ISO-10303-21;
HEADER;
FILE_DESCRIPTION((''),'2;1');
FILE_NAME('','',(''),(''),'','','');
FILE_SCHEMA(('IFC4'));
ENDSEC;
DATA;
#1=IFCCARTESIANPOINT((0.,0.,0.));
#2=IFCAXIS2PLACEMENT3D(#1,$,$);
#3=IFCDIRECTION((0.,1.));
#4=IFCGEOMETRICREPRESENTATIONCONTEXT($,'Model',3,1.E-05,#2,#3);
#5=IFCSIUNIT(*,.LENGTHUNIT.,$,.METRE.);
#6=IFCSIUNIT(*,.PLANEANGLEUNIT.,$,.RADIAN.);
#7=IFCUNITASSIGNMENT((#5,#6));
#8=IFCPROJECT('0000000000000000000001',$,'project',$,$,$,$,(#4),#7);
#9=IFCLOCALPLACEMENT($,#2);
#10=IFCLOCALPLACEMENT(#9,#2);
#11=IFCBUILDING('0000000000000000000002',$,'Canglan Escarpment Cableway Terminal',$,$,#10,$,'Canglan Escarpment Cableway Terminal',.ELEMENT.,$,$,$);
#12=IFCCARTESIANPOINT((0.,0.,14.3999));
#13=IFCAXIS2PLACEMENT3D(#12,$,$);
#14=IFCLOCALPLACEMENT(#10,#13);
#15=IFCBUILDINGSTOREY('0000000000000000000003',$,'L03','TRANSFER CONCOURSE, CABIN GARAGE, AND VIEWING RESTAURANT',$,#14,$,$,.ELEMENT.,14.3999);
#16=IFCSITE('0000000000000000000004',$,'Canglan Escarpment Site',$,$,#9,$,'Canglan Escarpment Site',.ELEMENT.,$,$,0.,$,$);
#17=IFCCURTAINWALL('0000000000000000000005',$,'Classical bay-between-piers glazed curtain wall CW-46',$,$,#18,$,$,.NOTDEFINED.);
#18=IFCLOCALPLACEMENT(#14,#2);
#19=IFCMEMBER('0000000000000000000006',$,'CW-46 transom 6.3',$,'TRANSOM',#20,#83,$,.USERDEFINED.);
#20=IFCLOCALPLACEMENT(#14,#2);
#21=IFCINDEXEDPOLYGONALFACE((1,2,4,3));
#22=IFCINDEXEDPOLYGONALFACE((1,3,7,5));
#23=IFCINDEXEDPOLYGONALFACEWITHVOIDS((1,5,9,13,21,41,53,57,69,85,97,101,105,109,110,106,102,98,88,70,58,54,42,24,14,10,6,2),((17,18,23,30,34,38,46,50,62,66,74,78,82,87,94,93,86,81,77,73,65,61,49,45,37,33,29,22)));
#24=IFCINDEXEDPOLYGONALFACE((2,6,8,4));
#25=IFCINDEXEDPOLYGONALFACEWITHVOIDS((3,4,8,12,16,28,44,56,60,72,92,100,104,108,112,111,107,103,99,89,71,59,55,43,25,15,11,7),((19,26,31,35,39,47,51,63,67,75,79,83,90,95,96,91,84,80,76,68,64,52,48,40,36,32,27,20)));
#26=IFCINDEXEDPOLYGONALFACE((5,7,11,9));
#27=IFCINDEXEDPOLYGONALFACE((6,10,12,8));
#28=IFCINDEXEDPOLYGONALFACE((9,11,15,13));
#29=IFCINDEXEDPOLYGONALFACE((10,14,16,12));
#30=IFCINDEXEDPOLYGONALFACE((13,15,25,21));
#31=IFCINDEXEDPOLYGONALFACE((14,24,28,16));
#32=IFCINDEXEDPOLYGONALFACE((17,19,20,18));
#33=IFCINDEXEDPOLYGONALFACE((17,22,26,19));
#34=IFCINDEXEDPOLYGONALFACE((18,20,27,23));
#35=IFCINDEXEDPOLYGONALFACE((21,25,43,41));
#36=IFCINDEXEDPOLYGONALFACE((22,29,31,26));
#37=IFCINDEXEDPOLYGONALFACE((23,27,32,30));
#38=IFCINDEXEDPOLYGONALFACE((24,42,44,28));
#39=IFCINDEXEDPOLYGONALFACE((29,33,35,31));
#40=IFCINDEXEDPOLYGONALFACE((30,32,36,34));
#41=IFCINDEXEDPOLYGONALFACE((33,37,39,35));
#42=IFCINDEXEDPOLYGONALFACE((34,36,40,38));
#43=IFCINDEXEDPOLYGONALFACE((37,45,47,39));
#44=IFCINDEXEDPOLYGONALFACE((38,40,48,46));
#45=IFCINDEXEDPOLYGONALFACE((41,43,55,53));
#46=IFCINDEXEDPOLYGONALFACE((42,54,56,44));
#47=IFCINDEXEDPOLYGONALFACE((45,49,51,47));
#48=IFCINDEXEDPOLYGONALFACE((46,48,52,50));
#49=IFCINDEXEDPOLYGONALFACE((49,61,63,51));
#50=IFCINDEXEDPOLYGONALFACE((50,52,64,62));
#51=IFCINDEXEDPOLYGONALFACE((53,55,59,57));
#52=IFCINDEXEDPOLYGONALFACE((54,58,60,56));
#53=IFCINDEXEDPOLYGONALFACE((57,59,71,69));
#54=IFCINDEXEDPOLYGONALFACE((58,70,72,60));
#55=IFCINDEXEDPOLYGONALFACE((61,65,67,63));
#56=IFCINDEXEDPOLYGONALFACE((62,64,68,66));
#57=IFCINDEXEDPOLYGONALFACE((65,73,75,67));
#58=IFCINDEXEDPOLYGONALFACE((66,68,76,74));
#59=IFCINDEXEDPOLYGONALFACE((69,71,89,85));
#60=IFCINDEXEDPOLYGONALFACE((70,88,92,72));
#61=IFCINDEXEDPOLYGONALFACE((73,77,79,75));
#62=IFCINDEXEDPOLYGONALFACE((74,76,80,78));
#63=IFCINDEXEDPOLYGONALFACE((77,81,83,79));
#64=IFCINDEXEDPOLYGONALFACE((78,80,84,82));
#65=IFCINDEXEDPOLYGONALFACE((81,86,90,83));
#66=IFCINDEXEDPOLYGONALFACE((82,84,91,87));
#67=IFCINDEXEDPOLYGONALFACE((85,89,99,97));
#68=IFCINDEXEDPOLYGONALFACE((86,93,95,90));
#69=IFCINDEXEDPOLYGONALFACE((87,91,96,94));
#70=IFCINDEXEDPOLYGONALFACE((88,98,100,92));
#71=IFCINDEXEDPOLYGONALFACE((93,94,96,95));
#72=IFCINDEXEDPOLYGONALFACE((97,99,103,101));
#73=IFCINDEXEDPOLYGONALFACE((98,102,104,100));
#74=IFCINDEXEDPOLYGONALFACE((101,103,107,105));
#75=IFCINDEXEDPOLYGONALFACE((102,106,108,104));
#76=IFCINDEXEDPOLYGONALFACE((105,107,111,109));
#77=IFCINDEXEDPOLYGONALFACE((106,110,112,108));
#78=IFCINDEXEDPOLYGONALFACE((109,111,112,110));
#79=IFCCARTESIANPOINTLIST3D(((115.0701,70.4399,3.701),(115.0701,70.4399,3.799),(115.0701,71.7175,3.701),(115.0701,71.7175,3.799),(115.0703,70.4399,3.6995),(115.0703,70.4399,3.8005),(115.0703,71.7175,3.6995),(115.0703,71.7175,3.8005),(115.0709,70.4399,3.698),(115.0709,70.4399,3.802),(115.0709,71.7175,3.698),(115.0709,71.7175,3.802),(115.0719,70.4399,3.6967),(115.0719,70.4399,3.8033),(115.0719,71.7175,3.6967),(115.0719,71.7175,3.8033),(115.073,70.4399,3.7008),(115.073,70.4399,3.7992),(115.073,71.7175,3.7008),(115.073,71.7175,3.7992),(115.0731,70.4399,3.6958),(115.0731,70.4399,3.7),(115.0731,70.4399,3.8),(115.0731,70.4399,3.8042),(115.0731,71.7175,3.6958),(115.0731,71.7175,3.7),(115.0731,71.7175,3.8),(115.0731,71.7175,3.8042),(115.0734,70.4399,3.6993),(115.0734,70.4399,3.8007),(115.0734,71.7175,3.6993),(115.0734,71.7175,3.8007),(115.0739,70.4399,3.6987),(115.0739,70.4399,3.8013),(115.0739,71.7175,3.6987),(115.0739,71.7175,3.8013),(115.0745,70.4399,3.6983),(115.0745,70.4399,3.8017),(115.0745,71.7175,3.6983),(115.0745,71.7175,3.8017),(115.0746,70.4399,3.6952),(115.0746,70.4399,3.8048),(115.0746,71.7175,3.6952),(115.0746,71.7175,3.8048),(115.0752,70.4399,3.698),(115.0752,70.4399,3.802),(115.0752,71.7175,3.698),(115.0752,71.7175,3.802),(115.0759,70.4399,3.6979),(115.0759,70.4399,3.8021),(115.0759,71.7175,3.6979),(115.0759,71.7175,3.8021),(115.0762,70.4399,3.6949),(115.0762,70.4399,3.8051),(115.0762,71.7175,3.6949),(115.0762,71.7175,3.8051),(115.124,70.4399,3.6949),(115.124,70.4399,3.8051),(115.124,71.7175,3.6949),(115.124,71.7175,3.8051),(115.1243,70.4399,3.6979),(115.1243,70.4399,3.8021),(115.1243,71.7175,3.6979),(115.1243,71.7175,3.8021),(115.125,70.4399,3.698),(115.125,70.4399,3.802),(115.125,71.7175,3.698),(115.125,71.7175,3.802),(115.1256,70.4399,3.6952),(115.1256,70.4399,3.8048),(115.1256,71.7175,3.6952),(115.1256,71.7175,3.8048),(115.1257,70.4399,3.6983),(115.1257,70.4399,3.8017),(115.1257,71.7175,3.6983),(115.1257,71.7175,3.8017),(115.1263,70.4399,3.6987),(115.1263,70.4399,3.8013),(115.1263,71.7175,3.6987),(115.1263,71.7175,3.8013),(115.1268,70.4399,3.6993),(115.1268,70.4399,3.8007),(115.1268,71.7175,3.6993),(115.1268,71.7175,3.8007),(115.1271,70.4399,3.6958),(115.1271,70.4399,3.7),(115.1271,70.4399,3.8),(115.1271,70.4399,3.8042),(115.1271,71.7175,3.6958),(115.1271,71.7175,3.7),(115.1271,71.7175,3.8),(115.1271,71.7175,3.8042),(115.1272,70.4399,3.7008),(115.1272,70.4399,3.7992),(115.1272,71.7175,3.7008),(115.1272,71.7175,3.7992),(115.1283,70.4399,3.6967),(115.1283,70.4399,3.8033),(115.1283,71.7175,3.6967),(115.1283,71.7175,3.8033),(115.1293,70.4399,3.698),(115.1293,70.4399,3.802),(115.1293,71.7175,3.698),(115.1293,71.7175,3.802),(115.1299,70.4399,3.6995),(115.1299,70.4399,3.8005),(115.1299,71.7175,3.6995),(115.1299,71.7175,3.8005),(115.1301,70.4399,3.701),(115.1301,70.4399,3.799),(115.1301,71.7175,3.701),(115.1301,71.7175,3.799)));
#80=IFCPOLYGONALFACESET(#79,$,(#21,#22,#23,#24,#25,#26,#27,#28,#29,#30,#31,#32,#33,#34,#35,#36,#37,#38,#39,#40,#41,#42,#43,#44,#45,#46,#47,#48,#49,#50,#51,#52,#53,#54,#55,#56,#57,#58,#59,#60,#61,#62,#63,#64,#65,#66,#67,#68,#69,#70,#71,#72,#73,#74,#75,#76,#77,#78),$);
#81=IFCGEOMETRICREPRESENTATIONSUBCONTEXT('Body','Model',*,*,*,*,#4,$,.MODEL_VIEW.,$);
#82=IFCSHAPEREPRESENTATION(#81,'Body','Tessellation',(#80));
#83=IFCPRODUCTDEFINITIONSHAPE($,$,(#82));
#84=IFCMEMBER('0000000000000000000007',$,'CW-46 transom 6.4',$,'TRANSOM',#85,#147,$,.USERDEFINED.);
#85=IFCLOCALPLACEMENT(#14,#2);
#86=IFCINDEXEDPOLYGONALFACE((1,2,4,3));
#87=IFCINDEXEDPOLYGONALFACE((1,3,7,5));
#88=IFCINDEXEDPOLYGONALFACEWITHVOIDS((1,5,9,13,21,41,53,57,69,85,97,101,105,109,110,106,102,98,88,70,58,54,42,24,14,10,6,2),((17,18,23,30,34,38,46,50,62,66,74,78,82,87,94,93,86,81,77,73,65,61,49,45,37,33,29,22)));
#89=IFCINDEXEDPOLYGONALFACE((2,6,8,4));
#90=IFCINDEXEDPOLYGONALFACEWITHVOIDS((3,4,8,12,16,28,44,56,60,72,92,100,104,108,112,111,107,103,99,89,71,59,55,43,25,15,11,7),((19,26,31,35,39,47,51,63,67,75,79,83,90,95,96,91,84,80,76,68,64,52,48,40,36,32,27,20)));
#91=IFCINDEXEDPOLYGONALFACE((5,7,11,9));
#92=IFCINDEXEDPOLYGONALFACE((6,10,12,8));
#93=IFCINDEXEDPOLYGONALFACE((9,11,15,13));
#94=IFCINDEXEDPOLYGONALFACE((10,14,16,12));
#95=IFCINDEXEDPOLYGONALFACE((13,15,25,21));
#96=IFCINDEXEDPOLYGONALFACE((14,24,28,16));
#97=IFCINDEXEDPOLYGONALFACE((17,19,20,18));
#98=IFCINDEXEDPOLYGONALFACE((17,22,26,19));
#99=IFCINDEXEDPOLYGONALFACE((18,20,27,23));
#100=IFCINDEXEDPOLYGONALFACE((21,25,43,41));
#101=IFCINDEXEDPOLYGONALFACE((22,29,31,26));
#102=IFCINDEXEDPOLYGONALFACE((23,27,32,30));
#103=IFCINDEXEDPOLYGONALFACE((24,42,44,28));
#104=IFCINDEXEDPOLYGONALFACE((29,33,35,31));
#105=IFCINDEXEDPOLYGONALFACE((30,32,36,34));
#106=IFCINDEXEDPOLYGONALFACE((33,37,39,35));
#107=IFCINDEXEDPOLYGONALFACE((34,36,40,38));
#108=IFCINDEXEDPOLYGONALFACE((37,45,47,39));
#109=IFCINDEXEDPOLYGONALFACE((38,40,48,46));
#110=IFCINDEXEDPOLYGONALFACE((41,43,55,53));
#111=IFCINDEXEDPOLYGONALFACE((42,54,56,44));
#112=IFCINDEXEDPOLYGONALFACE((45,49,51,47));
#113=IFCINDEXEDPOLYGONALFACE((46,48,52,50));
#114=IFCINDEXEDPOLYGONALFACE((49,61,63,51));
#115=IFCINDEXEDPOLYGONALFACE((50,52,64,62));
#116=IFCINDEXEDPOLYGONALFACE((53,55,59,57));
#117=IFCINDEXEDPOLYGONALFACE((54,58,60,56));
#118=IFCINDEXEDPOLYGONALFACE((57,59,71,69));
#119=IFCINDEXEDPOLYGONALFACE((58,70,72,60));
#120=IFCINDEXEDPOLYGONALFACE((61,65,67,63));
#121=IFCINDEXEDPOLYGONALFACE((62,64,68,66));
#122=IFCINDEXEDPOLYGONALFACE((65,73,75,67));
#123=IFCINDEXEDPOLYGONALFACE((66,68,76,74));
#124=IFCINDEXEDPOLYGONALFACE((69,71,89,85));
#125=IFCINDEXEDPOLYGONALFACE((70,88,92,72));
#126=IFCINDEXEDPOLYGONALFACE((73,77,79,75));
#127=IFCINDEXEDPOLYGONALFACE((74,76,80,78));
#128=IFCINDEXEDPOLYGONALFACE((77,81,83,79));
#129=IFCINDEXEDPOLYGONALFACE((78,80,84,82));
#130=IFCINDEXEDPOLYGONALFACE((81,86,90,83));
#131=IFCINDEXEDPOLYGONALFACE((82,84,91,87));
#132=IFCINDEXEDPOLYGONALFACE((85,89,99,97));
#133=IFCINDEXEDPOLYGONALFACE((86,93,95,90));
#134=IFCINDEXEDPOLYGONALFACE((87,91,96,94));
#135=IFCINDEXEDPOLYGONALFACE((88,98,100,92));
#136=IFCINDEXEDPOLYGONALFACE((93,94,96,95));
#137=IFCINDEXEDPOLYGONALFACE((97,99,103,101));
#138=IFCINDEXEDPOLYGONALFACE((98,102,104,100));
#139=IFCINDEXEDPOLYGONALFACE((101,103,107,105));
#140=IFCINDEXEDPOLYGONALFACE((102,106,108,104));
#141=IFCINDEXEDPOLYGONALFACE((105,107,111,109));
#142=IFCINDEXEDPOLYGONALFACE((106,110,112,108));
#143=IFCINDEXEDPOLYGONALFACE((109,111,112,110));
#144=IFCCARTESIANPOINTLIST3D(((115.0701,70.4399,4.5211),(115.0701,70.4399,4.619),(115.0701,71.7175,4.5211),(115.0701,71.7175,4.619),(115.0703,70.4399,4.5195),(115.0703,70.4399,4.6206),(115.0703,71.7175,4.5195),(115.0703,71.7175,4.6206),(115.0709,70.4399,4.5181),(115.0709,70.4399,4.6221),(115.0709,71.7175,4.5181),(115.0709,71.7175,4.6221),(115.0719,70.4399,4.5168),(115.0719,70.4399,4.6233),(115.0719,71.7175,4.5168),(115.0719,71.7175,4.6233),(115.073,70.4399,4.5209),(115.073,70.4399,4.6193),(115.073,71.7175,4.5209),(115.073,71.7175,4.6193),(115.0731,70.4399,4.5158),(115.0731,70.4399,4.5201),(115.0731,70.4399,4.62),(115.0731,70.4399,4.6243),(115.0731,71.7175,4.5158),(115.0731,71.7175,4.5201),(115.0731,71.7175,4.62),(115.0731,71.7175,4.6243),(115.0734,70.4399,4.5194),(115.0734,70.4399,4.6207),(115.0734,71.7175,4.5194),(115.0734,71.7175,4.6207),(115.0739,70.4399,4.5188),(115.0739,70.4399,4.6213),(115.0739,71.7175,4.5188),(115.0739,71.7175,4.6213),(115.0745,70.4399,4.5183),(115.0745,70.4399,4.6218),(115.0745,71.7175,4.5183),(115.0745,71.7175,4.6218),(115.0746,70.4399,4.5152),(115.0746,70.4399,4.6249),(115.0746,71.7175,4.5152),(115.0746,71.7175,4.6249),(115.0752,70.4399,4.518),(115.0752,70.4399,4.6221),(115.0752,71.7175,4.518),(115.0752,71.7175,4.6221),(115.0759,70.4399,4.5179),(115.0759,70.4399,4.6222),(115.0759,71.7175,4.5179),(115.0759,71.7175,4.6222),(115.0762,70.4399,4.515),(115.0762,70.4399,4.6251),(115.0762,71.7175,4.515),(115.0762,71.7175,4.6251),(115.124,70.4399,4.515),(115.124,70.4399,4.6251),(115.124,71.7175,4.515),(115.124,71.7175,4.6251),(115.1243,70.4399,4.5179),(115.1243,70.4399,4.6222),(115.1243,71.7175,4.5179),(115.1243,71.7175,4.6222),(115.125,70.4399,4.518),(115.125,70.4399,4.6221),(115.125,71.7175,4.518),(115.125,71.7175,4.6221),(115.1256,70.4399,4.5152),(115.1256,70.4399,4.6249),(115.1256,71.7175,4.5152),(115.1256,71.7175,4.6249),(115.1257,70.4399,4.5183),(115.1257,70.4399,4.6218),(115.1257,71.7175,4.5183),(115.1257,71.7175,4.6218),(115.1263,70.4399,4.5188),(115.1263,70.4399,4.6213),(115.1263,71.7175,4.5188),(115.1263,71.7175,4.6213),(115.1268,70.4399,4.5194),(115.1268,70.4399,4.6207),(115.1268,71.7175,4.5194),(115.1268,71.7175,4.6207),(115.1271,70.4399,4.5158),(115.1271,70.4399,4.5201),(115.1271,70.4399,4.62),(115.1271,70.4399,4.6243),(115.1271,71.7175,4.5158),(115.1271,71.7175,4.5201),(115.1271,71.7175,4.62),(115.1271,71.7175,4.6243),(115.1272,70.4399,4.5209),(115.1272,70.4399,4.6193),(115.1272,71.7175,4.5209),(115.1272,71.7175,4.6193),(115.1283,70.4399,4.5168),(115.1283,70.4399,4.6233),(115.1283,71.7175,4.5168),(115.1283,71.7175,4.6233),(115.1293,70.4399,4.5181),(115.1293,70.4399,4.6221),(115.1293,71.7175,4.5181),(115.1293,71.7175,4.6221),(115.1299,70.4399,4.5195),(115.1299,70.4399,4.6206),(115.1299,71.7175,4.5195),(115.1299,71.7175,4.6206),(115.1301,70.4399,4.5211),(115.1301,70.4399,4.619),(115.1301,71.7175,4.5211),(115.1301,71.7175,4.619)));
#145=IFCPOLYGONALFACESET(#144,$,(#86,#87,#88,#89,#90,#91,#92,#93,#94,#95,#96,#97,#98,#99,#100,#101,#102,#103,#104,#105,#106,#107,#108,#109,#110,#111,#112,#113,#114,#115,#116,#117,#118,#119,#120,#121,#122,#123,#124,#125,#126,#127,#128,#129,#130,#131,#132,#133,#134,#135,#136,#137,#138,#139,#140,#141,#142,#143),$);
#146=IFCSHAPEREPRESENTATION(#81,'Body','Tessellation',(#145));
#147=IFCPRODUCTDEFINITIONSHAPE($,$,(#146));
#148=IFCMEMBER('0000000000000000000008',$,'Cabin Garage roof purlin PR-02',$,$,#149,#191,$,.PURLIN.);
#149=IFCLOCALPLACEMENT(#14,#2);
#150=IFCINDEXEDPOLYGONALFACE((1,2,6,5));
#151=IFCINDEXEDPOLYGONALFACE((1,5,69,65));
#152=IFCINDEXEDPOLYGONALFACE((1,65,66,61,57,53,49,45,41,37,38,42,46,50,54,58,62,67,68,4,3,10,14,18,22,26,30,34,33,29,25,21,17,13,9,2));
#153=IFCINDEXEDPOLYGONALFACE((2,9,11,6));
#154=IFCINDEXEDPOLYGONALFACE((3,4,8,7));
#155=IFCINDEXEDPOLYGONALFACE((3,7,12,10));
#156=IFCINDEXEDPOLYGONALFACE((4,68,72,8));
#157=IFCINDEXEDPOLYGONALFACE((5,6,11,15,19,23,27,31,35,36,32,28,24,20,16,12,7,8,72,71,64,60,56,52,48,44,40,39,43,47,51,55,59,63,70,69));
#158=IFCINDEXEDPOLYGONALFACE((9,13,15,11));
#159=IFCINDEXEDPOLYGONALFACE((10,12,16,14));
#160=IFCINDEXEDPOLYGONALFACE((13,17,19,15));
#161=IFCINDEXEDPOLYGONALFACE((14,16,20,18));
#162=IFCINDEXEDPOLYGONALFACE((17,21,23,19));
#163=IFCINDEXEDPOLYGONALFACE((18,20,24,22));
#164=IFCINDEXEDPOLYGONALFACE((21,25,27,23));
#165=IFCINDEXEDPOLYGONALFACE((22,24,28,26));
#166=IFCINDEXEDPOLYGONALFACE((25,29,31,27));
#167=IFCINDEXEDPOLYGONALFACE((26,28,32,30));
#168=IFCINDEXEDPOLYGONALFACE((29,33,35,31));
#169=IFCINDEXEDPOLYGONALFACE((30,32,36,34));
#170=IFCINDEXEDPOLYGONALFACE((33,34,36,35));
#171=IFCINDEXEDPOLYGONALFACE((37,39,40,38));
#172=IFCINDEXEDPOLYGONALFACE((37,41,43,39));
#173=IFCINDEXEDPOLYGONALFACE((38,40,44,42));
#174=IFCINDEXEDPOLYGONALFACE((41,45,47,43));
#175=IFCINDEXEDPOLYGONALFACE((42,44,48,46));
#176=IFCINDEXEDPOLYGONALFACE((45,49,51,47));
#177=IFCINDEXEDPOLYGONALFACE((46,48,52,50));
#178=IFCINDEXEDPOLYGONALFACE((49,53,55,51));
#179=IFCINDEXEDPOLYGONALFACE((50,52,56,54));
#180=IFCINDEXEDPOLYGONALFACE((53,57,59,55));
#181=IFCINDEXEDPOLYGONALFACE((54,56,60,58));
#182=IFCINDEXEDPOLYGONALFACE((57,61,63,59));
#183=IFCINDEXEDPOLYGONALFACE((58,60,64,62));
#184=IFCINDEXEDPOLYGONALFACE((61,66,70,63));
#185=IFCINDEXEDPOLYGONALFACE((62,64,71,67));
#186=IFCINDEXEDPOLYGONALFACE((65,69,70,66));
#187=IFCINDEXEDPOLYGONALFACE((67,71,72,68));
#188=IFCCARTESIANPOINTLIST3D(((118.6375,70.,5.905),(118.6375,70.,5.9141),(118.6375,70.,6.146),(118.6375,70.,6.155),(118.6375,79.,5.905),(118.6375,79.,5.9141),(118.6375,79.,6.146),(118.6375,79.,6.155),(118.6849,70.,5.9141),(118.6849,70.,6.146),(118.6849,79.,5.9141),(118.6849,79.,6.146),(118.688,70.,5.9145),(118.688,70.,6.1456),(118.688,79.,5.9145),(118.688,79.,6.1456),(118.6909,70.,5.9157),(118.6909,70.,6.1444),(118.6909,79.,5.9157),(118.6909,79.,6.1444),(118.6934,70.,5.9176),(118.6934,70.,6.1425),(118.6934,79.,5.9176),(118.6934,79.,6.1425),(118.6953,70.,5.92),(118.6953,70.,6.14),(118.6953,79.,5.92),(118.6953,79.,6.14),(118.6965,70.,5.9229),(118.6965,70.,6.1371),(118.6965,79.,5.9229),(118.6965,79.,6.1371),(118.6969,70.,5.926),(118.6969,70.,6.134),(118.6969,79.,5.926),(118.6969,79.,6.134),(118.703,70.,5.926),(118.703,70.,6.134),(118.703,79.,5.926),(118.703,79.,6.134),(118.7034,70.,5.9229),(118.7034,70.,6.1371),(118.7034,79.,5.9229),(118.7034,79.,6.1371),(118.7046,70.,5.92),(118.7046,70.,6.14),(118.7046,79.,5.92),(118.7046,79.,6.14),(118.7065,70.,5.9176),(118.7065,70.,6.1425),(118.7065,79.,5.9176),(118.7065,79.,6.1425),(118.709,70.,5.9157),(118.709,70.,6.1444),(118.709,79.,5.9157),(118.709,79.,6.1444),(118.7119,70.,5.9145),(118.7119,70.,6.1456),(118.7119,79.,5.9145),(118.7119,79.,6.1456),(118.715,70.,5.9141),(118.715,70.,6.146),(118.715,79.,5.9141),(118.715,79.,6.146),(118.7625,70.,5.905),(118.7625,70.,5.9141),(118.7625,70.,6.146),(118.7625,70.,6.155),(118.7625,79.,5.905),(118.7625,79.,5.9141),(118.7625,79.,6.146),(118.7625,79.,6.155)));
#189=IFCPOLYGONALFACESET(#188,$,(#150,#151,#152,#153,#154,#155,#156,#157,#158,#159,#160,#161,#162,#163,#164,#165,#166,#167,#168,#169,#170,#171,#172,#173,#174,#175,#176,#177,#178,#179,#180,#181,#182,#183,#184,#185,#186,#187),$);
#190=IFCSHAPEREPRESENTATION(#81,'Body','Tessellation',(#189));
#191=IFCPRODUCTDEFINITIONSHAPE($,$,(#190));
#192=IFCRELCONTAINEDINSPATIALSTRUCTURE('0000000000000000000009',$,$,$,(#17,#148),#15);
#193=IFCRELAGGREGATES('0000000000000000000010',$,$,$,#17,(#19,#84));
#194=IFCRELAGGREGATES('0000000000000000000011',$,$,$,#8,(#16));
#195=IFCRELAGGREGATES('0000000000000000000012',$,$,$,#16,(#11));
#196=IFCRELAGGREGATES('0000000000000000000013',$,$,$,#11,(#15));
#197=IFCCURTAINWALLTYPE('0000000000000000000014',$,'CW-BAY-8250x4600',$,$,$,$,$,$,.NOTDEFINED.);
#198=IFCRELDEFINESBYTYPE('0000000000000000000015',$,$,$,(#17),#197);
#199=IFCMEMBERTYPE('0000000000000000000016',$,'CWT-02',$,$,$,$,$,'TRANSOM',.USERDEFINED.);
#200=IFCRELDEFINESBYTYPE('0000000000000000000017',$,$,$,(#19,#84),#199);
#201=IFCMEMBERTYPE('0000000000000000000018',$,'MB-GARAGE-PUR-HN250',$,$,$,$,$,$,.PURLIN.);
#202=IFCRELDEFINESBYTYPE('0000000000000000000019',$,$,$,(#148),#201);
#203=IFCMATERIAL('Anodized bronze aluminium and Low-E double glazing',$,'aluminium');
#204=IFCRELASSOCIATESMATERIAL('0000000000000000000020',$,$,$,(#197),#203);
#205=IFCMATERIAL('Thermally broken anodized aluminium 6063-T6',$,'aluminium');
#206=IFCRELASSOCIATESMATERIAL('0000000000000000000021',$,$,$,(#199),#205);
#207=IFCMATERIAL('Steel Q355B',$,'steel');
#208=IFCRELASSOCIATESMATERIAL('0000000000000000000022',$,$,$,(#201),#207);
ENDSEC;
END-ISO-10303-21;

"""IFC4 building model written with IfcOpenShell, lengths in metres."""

from ifc_helpers import new_model, si_unit, direction, frame, origin, origin_2d, place, context, subcontext, project, spatial, hollow_rectangle, i_section, extrude, material, material_profile, profile_set, type_object, element, aggregate, save


model = new_model("IFC4")

# Units and contexts
model_context = context("Model", 3, precision=1e-05, world=origin(), true_north=direction((0.0, 1.0)))
body_context = subcontext(model_context, "Body", "Model", "MODEL_VIEW")
ifc_project = project(units=[si_unit("LENGTHUNIT", "METRE"), si_unit("PLANEANGLEUNIT", "RADIAN")], contexts=[model_context])

# Site, building, storey
site_placement = place(None, origin())
site = spatial("IfcSite", under=ifc_project, at=site_placement, Name="Canglan Escarpment Site", LongName="Canglan Escarpment Site", CompositionType="ELEMENT", RefElevation=0.0)
building_placement = place(site_placement, origin())
building = spatial("IfcBuilding", under=site, at=building_placement, Name="Canglan Escarpment Cableway Terminal", LongName="Canglan Escarpment Cableway Terminal", CompositionType="ELEMENT")
storey_placement = place(building_placement, frame((0.0, 0.0, 14.3999)))
storey = spatial("IfcBuildingStorey", under=building, at=storey_placement, Name="L03", Description="TRANSFER CONCOURSE, CABIN GARAGE, AND VIEWING RESTAURANT", CompositionType="ELEMENT", Elevation=14.3999)

# Curtain wall, members
ifc_material_1 = material(Name="Anodized bronze aluminium and Low-E double glazing", Category="aluminium")
curtain_wall_type = type_object("IfcCurtainWallType", Name="CW-BAY-8250x4600", PredefinedType="NOTDEFINED", material=ifc_material_1)
curtain_wall_placement = place(storey_placement, origin())
curtain_wall = element("IfcCurtainWall", 1, at=curtain_wall_placement, inside=storey, type_object=curtain_wall_type, Name="Classical bay-between-piers glazed curtain wall CW-46", PredefinedType="NOTDEFINED")
ifc_material_2 = material(Name="Thermally broken anodized aluminium 6063-T6", Category="aluminium")
ifc_material_profile_1 = material_profile(ifc_material_2, hollow_rectangle(XDim=0.0601, YDim=0.1101, WallThickness=0.0029, InnerFilletRadius=0.0029, OuterFilletRadius=0.0061, at=origin_2d()), Name="ALU-TRAN 60x110x3")
ifc_profile_set_1 = profile_set([ifc_material_profile_1], Name="Thermally broken anodized aluminium 6063-T6")
member_type_1 = type_object("IfcMemberType", Name="CWT-02", ElementType="TRANSOM", PredefinedType="USERDEFINED", material=ifc_profile_set_1)
member_1_placement = place(storey_placement, frame((115.1001, 71.7175, 3.75), z_axis=(0.0, -1.0, 0.0), x_axis=(1.0, 0.0, 0.0)))
member_1 = element("IfcMember", 2, at=member_1_placement, type_object=member_type_1, Name="CW-46 transom 6.3", ObjectType="TRANSOM", PredefinedType="USERDEFINED", context=body_context, shape_type="SweptSolid", body=[
    extrude(hollow_rectangle(XDim=0.0601, YDim=0.1101, WallThickness=0.0029, InnerFilletRadius=0.0029, OuterFilletRadius=0.0061, at=origin_2d()), origin(), (0.0, 0.0, 1.0), 1.2776),
])
member_2_placement = place(storey_placement, frame((115.1001, 71.7175, 4.5701), z_axis=(0.0, -1.0, 0.0), x_axis=(1.0, 0.0, 0.0)))
member_2 = element("IfcMember", 3, at=member_2_placement, type_object=member_type_1, Name="CW-46 transom 6.4", ObjectType="TRANSOM", PredefinedType="USERDEFINED", context=body_context, shape_type="SweptSolid", body=[
    extrude(hollow_rectangle(XDim=0.0601, YDim=0.1101, WallThickness=0.0029, InnerFilletRadius=0.0029, OuterFilletRadius=0.0061, at=origin_2d()), origin(), (0.0, 0.0, 1.0), 1.2776),
])

# Member
ifc_material_3 = material(Name="Steel Q355B", Category="steel")
ifc_material_profile_2 = material_profile(ifc_material_3, i_section(OverallWidth=0.125, OverallDepth=0.25, WebThickness=0.0061, FlangeThickness=0.009, FilletRadius=0.012, at=origin_2d()), Name="HN 250x125x6x9")
ifc_profile_set_2 = profile_set([ifc_material_profile_2], Name="Steel Q355B")
member_type_2 = type_object("IfcMemberType", Name="MB-GARAGE-PUR-HN250", PredefinedType="PURLIN", material=ifc_profile_set_2)
member_3_placement = place(storey_placement, frame((118.7, 70.0, 6.03), z_axis=(0.0, 1.0, 0.0), x_axis=(-1.0, 0.0, 0.0)))
element("IfcMember", 4, at=member_3_placement, inside=storey, type_object=member_type_2, Name="Cabin Garage roof purlin PR-02", PredefinedType="PURLIN", context=body_context, shape_type="SweptSolid", body=[
    extrude(i_section(OverallWidth=0.125, OverallDepth=0.25, WebThickness=0.0061, FlangeThickness=0.009, FilletRadius=0.012, at=origin_2d()), origin(), (0.0, 0.0, 1.0), 9.0),
])

aggregate(curtain_wall, [member_1, member_2])

save(model, "model.ifc")
